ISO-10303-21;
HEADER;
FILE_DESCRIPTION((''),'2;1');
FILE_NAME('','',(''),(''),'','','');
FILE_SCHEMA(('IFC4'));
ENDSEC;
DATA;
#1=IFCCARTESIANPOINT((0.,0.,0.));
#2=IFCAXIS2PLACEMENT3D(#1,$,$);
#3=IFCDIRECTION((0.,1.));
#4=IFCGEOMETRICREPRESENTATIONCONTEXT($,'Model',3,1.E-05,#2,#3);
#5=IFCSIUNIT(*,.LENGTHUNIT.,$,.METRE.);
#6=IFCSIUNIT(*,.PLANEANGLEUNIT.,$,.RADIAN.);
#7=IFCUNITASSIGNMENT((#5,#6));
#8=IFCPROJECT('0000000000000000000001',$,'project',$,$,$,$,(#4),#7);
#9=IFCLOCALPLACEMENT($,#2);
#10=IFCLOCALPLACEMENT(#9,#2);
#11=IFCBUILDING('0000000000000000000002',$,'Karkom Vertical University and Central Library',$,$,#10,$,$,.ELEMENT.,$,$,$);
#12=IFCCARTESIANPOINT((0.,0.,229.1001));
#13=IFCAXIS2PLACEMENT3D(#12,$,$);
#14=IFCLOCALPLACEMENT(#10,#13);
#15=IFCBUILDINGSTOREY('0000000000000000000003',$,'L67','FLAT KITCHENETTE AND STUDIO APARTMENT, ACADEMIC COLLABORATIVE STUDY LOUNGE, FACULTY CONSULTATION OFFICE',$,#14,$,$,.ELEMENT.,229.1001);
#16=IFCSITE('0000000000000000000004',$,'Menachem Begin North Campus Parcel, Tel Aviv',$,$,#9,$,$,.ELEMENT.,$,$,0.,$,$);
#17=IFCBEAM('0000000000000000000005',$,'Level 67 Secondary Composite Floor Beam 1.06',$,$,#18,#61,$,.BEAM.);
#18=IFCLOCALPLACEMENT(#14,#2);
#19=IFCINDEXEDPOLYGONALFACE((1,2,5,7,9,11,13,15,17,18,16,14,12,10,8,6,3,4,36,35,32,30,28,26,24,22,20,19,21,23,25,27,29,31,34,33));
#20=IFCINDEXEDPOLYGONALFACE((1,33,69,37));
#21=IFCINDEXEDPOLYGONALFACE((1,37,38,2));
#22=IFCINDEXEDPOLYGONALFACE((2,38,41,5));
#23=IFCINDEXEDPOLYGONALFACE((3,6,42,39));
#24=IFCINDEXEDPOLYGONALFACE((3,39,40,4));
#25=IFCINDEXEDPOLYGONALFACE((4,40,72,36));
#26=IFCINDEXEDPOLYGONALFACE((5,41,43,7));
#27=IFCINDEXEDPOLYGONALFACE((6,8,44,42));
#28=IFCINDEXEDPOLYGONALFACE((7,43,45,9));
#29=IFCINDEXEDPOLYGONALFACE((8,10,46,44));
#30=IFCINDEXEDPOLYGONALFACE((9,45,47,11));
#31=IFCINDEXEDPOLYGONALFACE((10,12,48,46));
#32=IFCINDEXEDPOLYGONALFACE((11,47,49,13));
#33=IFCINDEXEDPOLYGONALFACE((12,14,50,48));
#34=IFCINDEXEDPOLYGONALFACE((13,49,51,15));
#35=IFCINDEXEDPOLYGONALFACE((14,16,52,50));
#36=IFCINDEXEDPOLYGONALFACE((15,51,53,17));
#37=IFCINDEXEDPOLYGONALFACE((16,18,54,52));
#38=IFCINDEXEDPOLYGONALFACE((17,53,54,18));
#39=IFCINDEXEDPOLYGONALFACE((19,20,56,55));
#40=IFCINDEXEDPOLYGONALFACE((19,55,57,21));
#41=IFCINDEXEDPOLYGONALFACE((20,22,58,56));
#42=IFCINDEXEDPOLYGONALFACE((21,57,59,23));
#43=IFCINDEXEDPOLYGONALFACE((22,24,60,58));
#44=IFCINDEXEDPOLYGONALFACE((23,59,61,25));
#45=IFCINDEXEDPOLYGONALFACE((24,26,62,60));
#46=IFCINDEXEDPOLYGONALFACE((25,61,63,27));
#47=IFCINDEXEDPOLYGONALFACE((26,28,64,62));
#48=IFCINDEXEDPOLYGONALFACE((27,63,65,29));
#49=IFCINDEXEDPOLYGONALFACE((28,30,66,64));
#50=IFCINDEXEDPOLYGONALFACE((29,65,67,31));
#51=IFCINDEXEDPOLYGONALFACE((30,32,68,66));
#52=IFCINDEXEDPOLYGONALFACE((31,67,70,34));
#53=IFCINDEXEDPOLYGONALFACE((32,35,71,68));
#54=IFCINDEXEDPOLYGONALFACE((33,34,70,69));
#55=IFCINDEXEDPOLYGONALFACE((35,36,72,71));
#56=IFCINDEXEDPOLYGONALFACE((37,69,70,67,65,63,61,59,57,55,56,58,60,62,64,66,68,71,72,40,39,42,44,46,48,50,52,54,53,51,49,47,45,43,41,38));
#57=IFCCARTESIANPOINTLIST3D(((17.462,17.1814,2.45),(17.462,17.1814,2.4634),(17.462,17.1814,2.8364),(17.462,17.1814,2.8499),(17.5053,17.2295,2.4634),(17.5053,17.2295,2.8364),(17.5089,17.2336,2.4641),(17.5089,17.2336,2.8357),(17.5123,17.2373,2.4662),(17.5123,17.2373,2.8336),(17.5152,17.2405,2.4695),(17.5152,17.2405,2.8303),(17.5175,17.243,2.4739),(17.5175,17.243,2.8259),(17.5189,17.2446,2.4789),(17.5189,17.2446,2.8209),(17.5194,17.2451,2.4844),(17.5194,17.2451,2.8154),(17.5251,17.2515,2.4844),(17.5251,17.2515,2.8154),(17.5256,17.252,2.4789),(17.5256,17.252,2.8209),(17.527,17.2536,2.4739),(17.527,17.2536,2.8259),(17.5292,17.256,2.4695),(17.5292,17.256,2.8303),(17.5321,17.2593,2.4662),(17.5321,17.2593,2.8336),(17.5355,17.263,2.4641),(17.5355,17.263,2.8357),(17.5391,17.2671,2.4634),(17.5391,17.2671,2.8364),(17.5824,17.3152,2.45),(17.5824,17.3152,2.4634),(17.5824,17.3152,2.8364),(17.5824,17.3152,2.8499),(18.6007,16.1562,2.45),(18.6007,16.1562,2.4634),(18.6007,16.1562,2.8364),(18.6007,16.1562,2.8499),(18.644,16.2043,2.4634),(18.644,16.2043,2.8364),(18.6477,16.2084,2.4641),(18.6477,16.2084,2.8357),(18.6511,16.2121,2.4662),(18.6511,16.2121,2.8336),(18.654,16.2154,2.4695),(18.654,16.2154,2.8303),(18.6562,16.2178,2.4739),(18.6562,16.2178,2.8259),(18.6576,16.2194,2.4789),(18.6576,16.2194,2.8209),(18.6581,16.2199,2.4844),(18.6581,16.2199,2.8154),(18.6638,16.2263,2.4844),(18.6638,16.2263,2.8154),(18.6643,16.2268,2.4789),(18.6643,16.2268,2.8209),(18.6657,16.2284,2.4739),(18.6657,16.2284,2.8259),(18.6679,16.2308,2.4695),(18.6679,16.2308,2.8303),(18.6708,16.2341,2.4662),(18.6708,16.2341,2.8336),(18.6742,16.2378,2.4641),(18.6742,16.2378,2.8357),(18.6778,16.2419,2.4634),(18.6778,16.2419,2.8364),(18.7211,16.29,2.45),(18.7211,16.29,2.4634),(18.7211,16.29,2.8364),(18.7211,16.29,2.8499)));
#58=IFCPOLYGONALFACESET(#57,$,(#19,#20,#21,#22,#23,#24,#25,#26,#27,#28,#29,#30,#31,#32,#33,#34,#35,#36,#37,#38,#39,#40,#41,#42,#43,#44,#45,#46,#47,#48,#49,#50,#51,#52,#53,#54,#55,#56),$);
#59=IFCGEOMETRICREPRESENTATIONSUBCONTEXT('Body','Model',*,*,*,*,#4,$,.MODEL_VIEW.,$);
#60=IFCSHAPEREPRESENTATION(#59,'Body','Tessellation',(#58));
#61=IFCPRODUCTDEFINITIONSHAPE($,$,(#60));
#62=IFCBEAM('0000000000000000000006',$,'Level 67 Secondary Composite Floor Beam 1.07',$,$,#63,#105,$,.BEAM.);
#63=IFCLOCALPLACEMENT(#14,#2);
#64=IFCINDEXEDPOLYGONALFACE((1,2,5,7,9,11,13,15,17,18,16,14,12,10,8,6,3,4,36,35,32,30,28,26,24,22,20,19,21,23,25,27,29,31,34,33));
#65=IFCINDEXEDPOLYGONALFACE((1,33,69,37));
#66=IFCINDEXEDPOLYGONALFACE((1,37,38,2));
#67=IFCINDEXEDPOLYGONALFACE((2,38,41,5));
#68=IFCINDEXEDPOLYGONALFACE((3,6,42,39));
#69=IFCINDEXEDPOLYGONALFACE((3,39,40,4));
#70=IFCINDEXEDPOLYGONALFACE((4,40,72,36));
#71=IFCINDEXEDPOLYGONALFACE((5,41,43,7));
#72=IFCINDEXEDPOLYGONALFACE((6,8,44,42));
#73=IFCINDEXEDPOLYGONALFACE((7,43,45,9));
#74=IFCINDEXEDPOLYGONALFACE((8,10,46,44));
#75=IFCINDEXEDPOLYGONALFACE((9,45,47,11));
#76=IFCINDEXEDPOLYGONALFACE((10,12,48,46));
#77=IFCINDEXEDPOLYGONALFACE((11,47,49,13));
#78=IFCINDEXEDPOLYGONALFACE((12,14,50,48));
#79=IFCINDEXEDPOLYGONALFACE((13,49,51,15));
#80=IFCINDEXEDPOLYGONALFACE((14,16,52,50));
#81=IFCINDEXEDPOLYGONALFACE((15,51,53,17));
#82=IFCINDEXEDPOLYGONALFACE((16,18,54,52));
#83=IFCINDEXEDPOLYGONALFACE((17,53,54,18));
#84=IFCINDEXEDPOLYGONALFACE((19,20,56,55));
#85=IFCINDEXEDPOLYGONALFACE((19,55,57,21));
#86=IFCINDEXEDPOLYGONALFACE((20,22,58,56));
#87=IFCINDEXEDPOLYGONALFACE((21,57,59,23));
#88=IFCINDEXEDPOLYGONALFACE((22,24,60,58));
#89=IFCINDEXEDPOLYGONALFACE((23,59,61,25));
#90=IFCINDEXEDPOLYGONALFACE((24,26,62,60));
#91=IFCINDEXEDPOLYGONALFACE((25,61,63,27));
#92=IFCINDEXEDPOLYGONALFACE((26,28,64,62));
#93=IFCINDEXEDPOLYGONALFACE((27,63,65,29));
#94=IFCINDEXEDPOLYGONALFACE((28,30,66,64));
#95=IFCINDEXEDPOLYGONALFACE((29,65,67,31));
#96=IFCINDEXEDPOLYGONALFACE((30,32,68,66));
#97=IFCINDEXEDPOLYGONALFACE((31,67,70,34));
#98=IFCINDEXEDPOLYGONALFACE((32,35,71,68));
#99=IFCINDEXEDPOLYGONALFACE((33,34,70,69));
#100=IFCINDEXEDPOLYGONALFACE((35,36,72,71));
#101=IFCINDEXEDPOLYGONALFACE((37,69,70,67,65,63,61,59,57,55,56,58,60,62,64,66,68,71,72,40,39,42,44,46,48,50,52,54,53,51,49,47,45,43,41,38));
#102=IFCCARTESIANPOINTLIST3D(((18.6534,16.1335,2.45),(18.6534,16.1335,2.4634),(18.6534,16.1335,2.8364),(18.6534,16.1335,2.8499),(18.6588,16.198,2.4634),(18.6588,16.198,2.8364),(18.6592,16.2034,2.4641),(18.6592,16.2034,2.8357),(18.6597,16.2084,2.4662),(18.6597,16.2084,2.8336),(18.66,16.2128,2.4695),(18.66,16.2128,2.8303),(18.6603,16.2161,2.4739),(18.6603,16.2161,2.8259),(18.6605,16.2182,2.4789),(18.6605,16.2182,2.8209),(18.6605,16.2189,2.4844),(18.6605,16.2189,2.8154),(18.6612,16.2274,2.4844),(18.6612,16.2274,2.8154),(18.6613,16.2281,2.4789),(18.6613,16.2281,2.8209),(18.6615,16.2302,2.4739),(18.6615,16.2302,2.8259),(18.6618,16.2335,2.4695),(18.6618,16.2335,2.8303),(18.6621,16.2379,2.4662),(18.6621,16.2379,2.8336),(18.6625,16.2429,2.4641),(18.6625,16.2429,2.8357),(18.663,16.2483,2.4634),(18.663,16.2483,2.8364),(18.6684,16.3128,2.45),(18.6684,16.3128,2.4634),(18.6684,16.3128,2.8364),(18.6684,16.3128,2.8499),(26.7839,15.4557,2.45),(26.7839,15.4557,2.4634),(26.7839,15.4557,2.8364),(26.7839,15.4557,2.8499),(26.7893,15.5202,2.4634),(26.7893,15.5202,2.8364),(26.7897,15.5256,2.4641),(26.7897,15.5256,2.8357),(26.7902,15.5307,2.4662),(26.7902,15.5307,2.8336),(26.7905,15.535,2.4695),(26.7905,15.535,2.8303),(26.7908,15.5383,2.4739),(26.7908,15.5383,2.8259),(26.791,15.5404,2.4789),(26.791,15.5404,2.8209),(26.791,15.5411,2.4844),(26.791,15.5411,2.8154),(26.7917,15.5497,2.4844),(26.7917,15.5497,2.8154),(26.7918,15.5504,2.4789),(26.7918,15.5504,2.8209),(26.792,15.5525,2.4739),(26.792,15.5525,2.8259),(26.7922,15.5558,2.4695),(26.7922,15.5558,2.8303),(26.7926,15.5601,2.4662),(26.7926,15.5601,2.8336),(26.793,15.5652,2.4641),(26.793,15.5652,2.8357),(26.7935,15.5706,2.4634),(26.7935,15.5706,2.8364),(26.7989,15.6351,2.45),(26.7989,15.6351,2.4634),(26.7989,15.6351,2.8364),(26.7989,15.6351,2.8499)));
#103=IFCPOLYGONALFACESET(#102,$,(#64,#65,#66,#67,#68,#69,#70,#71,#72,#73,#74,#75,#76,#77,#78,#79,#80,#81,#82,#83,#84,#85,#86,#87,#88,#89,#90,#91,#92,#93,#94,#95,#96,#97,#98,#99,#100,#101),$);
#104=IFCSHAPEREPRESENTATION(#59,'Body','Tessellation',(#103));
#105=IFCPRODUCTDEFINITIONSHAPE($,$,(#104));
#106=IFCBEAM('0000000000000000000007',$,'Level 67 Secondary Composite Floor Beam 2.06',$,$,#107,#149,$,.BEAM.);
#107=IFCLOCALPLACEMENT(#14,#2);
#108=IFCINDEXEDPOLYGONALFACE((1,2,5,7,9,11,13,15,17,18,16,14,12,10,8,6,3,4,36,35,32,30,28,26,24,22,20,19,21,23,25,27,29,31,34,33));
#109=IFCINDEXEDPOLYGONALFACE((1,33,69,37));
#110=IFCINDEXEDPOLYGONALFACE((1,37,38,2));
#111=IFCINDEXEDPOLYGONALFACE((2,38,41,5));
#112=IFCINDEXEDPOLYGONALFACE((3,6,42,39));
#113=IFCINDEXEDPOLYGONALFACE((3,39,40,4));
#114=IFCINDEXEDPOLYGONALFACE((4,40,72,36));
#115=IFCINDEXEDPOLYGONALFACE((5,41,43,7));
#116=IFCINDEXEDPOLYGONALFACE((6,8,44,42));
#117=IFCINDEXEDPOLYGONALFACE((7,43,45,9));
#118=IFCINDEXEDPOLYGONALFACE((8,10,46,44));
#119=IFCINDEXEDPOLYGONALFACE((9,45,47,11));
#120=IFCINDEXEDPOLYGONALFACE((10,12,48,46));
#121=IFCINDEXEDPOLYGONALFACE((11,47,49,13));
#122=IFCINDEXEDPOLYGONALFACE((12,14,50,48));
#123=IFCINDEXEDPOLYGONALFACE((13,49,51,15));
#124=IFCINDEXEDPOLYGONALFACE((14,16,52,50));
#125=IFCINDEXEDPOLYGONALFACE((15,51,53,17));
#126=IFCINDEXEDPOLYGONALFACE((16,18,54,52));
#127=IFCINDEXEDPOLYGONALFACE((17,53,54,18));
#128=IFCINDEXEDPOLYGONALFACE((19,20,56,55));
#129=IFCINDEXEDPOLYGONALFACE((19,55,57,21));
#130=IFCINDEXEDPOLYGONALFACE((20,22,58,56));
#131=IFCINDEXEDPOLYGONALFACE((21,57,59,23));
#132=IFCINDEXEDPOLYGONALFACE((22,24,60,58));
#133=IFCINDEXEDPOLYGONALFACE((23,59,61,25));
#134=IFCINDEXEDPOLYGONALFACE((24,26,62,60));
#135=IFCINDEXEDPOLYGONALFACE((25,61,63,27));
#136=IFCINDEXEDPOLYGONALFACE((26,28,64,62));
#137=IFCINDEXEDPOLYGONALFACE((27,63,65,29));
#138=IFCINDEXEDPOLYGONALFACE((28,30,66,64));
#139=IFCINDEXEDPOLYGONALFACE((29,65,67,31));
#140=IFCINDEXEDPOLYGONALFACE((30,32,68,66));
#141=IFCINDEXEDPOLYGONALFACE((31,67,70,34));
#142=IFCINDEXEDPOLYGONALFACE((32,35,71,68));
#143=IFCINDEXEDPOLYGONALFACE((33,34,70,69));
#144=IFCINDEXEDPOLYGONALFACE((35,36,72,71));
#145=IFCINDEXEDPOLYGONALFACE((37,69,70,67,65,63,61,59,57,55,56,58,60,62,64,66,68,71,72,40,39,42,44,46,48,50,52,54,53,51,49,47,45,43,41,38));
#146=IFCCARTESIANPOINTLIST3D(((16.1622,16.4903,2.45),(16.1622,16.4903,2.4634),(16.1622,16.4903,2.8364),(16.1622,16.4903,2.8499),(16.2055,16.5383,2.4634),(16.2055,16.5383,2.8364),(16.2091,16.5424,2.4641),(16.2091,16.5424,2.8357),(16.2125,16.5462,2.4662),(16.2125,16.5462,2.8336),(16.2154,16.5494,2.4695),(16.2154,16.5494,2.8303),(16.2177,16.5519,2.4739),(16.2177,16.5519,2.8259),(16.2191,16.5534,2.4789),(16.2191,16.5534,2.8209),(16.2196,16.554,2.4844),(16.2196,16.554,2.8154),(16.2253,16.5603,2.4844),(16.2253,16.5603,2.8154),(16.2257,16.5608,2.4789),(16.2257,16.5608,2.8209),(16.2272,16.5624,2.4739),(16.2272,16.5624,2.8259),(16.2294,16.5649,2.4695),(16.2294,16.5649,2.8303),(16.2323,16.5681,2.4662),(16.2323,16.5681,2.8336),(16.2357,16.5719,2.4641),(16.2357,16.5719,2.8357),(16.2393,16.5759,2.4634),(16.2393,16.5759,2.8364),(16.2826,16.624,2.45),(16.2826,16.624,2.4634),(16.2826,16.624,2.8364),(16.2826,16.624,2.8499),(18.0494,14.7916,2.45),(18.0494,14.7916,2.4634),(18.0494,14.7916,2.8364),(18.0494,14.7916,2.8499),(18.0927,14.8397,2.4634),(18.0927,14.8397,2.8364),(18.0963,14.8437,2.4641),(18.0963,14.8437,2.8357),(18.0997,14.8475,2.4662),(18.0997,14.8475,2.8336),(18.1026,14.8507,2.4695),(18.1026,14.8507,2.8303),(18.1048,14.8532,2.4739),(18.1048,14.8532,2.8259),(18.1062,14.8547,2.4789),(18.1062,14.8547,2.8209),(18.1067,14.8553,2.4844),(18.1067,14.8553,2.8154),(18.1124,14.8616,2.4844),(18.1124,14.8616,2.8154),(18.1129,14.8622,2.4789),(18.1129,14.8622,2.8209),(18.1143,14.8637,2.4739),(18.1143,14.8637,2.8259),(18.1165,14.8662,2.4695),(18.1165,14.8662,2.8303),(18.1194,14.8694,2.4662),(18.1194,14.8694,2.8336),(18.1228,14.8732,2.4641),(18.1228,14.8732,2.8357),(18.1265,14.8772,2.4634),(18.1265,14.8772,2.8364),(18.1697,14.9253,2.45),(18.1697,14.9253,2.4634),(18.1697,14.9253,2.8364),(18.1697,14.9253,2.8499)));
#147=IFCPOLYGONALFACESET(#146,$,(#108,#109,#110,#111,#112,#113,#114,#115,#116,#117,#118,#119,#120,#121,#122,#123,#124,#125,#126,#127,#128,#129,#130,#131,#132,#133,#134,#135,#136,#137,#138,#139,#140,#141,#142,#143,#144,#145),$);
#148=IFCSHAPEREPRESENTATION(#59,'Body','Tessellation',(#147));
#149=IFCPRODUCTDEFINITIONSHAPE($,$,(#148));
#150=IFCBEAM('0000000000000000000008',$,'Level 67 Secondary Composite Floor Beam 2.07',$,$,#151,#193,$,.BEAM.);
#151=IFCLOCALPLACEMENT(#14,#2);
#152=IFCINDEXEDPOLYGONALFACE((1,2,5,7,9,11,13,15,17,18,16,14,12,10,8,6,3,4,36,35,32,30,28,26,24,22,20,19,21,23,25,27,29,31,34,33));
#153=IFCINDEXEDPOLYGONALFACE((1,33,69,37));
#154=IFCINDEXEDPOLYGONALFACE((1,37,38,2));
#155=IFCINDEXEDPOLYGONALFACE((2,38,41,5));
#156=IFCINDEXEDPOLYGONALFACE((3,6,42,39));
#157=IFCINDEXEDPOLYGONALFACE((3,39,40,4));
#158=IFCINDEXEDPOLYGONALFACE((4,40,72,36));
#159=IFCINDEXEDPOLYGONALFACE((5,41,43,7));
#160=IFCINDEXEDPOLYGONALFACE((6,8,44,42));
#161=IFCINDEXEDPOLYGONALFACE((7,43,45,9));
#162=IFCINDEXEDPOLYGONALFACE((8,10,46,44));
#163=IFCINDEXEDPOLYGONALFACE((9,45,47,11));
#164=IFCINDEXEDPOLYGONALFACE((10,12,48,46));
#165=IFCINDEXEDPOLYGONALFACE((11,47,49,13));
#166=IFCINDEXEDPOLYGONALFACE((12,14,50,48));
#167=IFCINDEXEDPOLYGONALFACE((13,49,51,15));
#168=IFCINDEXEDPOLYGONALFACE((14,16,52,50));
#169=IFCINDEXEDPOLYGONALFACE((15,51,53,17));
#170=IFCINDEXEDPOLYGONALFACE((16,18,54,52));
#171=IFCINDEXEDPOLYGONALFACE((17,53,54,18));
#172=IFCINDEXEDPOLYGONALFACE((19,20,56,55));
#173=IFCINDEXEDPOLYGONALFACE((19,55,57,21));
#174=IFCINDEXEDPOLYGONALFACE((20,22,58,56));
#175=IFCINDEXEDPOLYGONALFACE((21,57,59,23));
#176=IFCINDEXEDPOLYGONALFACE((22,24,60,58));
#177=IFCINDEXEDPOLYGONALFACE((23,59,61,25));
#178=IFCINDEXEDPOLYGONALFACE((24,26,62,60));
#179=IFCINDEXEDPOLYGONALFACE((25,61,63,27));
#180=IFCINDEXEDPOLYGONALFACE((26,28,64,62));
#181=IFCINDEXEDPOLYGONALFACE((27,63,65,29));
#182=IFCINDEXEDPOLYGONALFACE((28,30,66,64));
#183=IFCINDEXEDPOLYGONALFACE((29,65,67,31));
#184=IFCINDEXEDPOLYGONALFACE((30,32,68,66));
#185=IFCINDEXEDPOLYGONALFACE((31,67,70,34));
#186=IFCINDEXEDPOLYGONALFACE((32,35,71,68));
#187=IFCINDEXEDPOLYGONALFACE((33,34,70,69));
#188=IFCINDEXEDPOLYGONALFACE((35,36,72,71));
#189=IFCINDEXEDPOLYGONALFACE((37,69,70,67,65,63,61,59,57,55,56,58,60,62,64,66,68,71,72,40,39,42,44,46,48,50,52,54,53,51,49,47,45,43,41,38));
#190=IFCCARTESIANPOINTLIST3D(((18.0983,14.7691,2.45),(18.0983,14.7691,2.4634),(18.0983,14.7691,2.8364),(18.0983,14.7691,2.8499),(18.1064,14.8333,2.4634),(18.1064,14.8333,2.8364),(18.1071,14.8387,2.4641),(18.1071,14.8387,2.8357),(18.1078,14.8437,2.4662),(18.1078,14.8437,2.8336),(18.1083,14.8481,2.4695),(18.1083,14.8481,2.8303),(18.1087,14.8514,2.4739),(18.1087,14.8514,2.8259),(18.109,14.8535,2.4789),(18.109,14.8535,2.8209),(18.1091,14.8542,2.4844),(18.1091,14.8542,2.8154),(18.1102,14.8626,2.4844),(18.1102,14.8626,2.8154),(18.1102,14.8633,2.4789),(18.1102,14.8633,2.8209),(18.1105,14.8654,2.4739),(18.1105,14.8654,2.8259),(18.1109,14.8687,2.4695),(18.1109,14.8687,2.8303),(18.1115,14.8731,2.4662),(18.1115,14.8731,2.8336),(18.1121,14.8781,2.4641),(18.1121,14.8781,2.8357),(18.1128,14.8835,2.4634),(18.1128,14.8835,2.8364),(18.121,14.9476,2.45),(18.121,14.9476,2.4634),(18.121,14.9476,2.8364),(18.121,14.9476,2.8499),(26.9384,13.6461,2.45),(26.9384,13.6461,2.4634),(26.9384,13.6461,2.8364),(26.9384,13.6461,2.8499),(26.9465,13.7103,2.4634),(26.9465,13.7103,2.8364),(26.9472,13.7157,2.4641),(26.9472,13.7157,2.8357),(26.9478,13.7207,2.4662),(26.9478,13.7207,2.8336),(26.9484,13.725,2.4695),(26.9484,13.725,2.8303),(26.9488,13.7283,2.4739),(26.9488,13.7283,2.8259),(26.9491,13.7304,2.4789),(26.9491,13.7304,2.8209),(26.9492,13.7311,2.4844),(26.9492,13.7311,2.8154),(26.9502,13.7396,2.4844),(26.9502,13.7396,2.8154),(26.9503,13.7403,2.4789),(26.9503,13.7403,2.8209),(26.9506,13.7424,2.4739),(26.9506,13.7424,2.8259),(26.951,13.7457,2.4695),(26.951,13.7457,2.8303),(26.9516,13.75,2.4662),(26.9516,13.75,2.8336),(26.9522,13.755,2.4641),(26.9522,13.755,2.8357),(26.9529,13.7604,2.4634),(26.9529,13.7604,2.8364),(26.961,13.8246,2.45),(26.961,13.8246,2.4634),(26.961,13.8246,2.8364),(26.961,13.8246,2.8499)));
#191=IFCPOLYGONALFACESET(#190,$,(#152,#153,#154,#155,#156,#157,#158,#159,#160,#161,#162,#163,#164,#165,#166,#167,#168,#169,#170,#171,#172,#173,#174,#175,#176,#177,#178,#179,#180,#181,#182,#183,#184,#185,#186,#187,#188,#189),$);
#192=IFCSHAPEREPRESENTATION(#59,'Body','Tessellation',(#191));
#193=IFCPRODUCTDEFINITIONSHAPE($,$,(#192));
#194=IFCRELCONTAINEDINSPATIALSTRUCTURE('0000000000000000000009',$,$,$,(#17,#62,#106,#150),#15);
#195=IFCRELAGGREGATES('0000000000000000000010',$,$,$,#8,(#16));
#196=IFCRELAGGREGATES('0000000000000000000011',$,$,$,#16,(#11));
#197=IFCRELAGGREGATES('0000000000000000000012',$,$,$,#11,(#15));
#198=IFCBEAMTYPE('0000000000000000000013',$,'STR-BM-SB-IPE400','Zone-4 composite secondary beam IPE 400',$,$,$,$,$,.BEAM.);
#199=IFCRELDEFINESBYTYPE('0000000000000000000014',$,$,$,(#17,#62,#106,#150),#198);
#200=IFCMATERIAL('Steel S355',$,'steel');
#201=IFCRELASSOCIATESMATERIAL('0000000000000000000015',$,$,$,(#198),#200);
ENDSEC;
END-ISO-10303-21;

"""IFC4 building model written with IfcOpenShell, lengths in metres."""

from ifc_helpers import new_model, si_unit, direction, frame, origin, origin_with_axes, origin_2d, place, context, subcontext, project, spatial, i_section, extrude, source, transform, mapped, material, material_profile, profile_set, type_object, element, save


model = new_model("IFC4")

# Units and contexts
model_context = context("Model", 3, precision=1e-05, world=origin(), true_north=direction((0.0, 1.0)))
body_context = subcontext(model_context, "Body", "Model", "MODEL_VIEW")
ifc_project = project(units=[si_unit("LENGTHUNIT", "METRE"), si_unit("PLANEANGLEUNIT", "RADIAN")], contexts=[model_context])

# Site, building, storey
site_placement = place(None, origin())
site = spatial("IfcSite", under=ifc_project, at=site_placement, Name="Menachem Begin North Campus Parcel, Tel Aviv", CompositionType="ELEMENT", RefElevation=0.0)
building_placement = place(site_placement, origin())
building = spatial("IfcBuilding", under=site, at=building_placement, Name="Karkom Vertical University and Central Library", CompositionType="ELEMENT")
storey_placement = place(building_placement, frame((0.0, 0.0, 229.1001)))
storey = spatial("IfcBuildingStorey", under=building, at=storey_placement, Name="L67", Description="FLAT KITCHENETTE AND STUDIO APARTMENT, ACADEMIC COLLABORATIVE STUDY LOUNGE, FACULTY CONSULTATION OFFICE", CompositionType="ELEMENT", Elevation=229.1001)

# Beams
ifc_material_1 = material(Name="Steel S355", Category="steel")
ifc_material_profile_1 = material_profile(ifc_material_1, i_section(OverallWidth=0.1799, OverallDepth=0.3999, WebThickness=0.0085, FlangeThickness=0.0134, FilletRadius=0.021, at=origin_2d()), Name="IPE 400")
ifc_profile_set_1 = profile_set([ifc_material_profile_1], Name="Steel S355")
beam_type_1 = type_object("IfcBeamType", Name="STR-BM-SB-IPE400", Description="Zone-4 composite secondary beam IPE 400", PredefinedType="BEAM", material=ifc_profile_set_1)
shared_shape_1 = source(origin_with_axes(), body_context, "Body", "SweptSolid", [
    extrude(i_section(OverallWidth=0.1799, OverallDepth=0.3999, WebThickness=0.0085, FlangeThickness=0.0134, FilletRadius=0.021, at=origin_2d()), origin(), (0.0, 0.0, 1.0), 1.5322),
])
beam_1_placement = place(storey_placement, frame((17.5222, 17.2483, 2.6499), z_axis=(0.743183, -0.669088, 0.0), x_axis=(0.669088, 0.743183, 0.0)))
element("IfcBeam", 1, at=beam_1_placement, inside=storey, type_object=beam_type_1, Name="Level 67 Secondary Composite Floor Beam 1.06", PredefinedType="BEAM", context=body_context, shape_type="MappedRepresentation", body=[
    mapped(shared_shape_1, transform((0.0, 0.0, 0.0), scale=1.0)),
])
shared_shape_2 = source(origin_with_axes(), body_context, "Body", "SweptSolid", [
    extrude(i_section(OverallWidth=0.1799, OverallDepth=0.3999, WebThickness=0.0085, FlangeThickness=0.0134, FilletRadius=0.021, at=origin_2d()), origin(), (0.0, 0.0, 1.0), 8.1587),
])
beam_2_placement = place(storey_placement, frame((18.6609, 16.2231, 2.6499), z_axis=(0.996544, -0.08307, 0.0), x_axis=(0.08307, 0.996544, 0.0)))
element("IfcBeam", 2, at=beam_2_placement, inside=storey, type_object=beam_type_1, Name="Level 67 Secondary Composite Floor Beam 1.07", PredefinedType="BEAM", context=body_context, shape_type="MappedRepresentation", body=[
    mapped(shared_shape_2, transform((0.0, 0.0, 0.0), scale=1.0)),
])
shared_shape_3 = source(origin_with_axes(), body_context, "Body", "SweptSolid", [
    extrude(i_section(OverallWidth=0.1799, OverallDepth=0.3999, WebThickness=0.0085, FlangeThickness=0.0134, FilletRadius=0.021, at=origin_2d()), origin(), (0.0, 0.0, 1.0), 2.5391),
])
beam_3_placement = place(storey_placement, frame((16.2224, 16.5571, 2.6499), z_axis=(0.743246, -0.669018, 0.0), x_axis=(0.669018, 0.743246, 0.0)))
element("IfcBeam", 3, at=beam_3_placement, inside=storey, type_object=beam_type_1, Name="Level 67 Secondary Composite Floor Beam 2.06", PredefinedType="BEAM", context=body_context, shape_type="MappedRepresentation", body=[
    mapped(shared_shape_3, transform((0.0, 0.0, 0.0), scale=1.0)),
])
shared_shape_4 = source(origin_with_axes(), body_context, "Body", "SweptSolid", [
    extrude(i_section(OverallWidth=0.1799, OverallDepth=0.3999, WebThickness=0.0085, FlangeThickness=0.0134, FilletRadius=0.021, at=origin_2d()), origin(), (0.0, 0.0, 1.0), 8.9111),
])
beam_4_placement = place(storey_placement, frame((18.1096, 14.8584, 2.6499), z_axis=(0.992027, -0.126027, 0.0), x_axis=(0.126027, 0.992027, 0.0)))
element("IfcBeam", 4, at=beam_4_placement, inside=storey, type_object=beam_type_1, Name="Level 67 Secondary Composite Floor Beam 2.07", PredefinedType="BEAM", context=body_context, shape_type="MappedRepresentation", body=[
    mapped(shared_shape_4, transform((0.0, 0.0, 0.0), scale=1.0)),
])

save(model, "model.ifc")
